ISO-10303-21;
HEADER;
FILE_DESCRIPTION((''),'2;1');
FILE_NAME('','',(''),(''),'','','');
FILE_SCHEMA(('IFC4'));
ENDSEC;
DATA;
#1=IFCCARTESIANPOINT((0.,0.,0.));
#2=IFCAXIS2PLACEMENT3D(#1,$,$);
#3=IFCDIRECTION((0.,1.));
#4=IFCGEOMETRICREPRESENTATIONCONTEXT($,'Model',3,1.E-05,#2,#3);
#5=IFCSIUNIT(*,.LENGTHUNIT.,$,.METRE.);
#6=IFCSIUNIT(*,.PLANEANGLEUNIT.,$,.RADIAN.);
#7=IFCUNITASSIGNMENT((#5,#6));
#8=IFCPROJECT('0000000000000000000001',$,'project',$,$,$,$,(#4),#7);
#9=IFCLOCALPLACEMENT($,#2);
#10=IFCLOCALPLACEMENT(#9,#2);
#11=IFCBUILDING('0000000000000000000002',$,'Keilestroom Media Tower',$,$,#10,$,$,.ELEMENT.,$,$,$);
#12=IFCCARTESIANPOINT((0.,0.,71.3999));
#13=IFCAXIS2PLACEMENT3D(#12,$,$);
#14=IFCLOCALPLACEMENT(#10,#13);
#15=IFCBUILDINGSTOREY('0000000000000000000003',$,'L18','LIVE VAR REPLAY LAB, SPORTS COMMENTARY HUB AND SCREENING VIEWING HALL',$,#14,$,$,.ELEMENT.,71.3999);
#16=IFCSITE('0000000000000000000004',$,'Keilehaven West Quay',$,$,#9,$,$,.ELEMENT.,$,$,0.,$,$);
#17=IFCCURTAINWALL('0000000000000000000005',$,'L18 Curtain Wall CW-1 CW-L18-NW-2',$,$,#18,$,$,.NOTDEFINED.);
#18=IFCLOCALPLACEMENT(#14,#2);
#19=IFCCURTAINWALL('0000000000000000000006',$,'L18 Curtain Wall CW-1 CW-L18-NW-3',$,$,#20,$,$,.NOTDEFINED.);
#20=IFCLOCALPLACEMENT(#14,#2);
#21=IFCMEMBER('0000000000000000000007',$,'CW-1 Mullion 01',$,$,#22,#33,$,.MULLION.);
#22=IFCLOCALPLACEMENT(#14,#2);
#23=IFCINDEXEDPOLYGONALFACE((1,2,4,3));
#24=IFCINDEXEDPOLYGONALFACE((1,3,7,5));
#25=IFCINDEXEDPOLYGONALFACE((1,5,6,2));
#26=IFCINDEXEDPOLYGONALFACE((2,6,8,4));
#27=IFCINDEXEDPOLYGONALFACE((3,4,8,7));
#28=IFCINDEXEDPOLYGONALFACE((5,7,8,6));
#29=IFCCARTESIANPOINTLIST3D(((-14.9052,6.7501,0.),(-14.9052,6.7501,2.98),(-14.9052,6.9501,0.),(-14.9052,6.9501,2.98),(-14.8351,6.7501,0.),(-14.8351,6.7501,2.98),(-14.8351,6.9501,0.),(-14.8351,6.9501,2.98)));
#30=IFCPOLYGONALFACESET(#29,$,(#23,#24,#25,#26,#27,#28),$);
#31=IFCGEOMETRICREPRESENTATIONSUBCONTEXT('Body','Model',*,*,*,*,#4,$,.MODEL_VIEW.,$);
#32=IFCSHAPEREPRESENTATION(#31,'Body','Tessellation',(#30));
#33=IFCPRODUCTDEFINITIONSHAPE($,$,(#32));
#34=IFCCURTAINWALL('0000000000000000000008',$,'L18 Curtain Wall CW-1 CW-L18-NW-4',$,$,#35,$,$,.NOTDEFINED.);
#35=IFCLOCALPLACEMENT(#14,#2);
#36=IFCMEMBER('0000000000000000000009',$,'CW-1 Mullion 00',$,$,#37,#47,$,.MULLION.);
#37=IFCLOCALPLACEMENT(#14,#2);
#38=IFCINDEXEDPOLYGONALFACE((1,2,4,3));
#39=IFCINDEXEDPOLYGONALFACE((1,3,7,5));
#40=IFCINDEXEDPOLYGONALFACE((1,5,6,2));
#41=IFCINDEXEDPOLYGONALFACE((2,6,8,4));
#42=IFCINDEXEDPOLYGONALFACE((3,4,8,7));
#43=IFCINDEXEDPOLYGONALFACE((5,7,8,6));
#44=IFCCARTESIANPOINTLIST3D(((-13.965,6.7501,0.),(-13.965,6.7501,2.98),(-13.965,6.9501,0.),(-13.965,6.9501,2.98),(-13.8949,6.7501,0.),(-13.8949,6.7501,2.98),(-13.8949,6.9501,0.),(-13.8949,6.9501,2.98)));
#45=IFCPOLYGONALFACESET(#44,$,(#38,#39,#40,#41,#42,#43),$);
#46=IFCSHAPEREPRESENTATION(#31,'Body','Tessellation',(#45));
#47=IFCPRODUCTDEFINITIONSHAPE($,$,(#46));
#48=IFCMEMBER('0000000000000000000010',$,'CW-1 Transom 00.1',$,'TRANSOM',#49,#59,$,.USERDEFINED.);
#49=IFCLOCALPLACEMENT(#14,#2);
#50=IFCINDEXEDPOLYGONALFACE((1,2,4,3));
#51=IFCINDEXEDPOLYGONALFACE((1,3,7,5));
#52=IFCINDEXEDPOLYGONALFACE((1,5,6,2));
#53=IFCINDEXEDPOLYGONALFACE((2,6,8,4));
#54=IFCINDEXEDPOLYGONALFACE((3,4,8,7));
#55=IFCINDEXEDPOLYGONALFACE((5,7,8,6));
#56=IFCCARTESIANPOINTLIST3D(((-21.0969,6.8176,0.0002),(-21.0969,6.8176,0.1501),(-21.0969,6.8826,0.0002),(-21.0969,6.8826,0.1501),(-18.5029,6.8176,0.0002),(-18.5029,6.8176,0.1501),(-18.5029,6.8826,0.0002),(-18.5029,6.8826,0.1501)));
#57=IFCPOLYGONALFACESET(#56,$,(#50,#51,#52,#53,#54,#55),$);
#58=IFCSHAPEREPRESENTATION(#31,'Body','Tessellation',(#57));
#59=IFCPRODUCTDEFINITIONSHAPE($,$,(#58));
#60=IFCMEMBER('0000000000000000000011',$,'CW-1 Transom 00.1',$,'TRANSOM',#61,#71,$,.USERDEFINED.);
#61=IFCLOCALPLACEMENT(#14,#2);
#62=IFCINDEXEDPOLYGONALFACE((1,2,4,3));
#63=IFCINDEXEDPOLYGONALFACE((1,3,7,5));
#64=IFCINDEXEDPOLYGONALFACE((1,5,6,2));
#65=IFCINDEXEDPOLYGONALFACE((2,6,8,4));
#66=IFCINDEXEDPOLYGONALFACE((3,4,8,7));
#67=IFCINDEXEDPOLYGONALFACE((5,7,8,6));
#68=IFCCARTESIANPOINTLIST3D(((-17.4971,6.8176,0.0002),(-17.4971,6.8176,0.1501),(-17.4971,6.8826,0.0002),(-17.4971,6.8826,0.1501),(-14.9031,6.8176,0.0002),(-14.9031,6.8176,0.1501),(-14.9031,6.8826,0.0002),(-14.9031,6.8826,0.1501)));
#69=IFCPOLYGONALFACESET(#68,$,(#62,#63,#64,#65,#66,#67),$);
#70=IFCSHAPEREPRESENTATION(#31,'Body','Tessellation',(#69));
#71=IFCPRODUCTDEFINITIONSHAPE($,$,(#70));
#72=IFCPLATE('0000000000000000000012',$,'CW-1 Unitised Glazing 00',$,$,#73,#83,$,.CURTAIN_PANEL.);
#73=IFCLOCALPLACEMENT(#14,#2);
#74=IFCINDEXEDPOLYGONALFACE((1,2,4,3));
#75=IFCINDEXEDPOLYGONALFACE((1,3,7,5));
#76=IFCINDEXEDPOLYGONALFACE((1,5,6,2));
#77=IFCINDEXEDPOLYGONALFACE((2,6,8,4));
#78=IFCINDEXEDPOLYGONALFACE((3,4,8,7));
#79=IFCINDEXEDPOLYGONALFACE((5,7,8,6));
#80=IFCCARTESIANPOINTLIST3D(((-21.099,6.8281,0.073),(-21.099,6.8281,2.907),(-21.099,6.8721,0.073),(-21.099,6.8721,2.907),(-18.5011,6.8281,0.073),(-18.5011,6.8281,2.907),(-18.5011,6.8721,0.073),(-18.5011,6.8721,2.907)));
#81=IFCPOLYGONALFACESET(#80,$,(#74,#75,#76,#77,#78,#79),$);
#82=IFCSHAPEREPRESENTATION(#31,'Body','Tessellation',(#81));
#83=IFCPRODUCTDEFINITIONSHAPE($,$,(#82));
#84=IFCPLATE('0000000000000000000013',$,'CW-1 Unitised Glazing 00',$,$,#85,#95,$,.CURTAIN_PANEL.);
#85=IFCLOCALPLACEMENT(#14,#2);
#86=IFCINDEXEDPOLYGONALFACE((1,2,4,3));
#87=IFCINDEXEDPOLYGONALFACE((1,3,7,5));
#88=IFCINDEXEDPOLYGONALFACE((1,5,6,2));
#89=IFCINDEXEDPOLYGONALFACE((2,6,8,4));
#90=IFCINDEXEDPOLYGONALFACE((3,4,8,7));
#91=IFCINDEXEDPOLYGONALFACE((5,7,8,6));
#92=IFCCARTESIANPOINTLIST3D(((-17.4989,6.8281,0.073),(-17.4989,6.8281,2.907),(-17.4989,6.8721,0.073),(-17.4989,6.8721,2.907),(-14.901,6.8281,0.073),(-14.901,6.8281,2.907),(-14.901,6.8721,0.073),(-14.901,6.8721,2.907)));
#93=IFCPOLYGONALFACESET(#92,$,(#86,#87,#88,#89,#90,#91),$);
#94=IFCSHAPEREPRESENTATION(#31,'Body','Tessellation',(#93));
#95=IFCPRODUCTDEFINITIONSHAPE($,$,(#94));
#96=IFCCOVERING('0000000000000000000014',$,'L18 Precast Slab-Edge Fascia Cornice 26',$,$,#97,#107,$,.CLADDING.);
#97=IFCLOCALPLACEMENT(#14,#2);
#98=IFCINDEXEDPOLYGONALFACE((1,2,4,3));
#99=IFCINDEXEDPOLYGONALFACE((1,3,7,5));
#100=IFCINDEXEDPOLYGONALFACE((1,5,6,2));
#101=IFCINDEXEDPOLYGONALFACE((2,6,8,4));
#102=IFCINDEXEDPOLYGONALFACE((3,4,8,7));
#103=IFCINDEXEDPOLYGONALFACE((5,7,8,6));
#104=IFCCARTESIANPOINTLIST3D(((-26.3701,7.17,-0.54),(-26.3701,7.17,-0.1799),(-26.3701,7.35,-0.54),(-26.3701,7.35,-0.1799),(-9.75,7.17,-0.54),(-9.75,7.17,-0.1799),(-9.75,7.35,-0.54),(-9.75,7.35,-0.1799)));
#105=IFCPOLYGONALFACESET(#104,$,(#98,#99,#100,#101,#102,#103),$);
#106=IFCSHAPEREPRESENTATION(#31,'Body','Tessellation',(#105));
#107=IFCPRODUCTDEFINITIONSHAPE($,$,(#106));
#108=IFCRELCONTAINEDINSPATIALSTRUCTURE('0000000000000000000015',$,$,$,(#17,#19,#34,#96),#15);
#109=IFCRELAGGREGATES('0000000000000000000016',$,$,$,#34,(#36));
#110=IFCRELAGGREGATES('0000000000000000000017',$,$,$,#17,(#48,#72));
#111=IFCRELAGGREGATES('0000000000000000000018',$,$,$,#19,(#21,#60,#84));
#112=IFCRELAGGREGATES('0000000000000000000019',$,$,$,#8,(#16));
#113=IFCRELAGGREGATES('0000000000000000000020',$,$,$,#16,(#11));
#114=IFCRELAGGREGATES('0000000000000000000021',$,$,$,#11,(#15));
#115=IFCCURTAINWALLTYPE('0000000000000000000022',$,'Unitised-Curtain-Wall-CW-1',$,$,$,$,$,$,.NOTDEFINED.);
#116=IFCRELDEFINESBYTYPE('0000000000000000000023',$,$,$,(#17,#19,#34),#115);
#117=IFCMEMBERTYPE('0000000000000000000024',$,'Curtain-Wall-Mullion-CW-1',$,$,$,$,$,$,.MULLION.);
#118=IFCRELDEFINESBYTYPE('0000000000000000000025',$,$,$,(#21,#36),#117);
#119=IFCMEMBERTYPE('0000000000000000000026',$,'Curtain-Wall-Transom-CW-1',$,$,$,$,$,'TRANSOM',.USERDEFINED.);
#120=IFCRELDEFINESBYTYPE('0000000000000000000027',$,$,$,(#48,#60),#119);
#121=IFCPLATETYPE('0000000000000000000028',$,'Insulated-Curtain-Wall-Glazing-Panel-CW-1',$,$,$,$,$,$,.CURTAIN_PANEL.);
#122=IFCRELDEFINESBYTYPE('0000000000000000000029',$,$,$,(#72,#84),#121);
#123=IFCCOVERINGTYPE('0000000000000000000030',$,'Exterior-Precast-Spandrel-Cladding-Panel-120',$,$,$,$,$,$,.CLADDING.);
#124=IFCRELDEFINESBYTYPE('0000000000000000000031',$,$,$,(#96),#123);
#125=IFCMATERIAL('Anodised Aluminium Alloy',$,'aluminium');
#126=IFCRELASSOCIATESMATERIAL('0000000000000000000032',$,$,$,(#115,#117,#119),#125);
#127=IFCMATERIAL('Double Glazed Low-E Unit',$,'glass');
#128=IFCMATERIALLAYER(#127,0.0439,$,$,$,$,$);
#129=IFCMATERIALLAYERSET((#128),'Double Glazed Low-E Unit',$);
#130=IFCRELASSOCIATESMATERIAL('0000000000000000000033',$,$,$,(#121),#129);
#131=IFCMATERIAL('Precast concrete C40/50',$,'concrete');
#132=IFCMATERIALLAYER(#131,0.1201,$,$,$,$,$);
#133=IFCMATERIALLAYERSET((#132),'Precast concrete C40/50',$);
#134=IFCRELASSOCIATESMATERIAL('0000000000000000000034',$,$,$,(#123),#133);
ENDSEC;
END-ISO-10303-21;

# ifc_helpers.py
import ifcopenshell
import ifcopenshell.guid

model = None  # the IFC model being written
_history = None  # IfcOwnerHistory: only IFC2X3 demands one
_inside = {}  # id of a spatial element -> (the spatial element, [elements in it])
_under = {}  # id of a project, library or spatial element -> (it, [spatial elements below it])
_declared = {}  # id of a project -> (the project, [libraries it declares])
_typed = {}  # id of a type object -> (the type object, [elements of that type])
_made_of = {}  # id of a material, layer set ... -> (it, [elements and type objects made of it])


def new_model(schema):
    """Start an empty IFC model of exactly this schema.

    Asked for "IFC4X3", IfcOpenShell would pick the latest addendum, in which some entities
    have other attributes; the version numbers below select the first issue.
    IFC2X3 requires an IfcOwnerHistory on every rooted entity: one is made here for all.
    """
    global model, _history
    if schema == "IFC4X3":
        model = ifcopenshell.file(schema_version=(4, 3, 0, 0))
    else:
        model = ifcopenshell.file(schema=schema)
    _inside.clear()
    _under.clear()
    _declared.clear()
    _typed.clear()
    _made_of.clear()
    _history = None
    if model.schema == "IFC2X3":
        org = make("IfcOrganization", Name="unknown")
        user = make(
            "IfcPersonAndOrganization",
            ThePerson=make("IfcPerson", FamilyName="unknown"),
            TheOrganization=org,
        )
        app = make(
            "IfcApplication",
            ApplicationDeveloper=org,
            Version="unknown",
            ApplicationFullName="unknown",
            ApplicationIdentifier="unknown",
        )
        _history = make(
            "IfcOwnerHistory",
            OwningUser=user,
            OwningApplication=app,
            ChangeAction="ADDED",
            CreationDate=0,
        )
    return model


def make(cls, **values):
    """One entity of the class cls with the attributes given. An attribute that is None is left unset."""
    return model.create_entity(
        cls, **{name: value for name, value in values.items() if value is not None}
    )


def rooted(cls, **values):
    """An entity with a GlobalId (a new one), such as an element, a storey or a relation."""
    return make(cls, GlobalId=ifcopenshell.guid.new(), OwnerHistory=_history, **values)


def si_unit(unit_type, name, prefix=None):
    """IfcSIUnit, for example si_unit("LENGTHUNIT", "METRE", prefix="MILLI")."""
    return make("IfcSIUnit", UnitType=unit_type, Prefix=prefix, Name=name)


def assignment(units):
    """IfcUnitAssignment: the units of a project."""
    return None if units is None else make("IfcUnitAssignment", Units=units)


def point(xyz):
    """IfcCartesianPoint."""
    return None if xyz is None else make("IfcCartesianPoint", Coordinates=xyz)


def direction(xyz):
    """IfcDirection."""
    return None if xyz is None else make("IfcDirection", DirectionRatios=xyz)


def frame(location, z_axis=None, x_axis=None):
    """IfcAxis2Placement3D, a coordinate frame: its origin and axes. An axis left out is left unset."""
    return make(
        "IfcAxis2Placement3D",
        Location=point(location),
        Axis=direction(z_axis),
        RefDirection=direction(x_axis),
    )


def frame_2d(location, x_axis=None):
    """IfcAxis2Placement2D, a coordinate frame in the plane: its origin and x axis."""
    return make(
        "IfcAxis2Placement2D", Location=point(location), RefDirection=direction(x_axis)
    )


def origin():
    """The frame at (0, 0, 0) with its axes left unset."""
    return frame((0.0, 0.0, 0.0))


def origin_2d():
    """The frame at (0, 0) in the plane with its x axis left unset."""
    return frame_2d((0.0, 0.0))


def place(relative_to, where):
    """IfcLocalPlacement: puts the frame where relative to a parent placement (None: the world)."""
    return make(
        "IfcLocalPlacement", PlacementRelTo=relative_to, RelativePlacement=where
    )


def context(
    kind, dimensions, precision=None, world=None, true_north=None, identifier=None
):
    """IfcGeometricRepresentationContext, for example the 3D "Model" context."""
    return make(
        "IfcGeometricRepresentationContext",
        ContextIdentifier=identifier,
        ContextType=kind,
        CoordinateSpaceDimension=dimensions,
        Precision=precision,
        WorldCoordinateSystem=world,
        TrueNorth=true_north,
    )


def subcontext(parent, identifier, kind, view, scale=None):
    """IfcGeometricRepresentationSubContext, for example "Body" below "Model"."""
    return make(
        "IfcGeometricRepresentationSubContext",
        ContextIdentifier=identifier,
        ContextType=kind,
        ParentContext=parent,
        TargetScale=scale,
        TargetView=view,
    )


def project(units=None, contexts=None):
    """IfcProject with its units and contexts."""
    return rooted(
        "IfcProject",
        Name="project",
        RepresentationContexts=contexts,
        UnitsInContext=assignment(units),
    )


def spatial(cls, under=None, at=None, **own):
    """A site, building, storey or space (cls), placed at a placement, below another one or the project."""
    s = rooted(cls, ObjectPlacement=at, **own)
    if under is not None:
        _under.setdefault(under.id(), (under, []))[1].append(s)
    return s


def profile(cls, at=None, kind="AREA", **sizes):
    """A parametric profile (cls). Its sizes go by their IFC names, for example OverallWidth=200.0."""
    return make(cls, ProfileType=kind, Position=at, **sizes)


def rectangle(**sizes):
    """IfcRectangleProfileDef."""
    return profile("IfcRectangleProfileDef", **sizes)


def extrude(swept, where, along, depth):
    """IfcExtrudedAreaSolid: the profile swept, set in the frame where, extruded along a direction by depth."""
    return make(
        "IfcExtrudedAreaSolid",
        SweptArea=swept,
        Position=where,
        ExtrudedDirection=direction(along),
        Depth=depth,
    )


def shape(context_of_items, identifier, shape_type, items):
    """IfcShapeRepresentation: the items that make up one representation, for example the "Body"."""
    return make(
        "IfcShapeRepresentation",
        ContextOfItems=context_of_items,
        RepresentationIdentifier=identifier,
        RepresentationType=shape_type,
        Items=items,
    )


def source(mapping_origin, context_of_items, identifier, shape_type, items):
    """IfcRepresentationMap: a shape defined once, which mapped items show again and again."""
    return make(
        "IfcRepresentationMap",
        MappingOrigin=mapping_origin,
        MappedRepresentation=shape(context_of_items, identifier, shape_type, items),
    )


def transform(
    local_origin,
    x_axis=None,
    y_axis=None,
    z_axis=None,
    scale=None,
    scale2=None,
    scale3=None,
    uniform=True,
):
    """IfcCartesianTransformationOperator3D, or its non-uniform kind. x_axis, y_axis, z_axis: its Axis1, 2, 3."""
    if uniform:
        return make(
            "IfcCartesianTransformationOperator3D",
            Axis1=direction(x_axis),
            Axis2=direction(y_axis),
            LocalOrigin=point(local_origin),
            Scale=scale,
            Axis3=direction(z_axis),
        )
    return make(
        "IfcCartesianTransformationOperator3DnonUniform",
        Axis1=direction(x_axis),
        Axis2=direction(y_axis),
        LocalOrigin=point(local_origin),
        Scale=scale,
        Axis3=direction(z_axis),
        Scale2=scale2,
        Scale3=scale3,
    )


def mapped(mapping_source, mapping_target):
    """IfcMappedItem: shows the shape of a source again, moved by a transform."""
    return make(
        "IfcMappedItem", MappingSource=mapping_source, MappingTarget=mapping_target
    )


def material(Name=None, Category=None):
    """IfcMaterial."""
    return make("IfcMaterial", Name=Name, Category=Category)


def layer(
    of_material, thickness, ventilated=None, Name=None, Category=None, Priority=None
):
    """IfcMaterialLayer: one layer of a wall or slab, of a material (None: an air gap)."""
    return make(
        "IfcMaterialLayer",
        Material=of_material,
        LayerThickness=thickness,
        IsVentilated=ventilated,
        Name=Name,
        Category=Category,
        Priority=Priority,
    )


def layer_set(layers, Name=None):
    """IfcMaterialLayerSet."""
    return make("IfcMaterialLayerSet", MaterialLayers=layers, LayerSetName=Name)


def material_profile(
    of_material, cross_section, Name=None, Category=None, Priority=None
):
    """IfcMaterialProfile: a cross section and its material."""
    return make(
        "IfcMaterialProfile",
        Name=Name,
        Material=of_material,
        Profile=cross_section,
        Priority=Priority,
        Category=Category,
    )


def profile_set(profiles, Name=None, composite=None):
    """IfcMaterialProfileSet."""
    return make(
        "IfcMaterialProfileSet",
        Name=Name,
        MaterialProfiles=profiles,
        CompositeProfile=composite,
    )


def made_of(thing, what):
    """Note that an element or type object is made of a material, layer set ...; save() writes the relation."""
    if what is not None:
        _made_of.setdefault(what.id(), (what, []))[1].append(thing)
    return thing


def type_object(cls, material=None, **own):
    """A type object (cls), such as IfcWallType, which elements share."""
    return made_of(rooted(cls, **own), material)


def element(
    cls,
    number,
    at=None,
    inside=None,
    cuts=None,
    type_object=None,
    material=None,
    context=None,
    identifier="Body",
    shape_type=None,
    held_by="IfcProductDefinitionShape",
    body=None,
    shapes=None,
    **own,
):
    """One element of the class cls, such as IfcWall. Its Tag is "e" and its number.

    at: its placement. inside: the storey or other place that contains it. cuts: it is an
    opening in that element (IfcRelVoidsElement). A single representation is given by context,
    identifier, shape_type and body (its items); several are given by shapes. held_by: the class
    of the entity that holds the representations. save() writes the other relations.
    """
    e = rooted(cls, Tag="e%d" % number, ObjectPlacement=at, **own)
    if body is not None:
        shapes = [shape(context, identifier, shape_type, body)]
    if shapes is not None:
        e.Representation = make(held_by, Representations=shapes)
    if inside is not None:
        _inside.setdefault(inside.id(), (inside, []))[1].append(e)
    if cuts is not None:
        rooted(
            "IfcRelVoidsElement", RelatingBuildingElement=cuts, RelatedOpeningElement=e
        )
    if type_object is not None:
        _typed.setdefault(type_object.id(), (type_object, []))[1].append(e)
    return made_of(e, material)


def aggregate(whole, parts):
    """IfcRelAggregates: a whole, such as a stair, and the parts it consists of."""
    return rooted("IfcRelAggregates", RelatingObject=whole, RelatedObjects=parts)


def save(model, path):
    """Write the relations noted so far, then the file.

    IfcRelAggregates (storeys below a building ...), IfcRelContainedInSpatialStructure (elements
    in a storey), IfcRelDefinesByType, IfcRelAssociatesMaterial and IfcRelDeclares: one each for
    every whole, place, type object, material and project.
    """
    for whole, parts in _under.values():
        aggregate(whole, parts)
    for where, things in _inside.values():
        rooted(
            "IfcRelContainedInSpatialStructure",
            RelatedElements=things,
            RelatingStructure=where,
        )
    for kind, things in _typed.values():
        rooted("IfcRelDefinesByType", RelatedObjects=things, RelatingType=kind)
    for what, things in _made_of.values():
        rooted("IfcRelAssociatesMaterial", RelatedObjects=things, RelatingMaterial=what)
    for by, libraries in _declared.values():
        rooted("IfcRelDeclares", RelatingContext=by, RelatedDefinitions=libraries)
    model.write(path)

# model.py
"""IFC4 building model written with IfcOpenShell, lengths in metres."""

from ifc_helpers import new_model, si_unit, direction, frame, origin, origin_2d, place, context, subcontext, project, spatial, rectangle, extrude, source, transform, mapped, material, layer, layer_set, material_profile, profile_set, type_object, element, aggregate, save


model = new_model("IFC4")

# Units and contexts
model_context = context("Model", 3, precision=1e-05, world=origin(), true_north=direction((0.0, 1.0)))
body_context = subcontext(model_context, "Body", "Model", "MODEL_VIEW")
ifc_project = project(units=[si_unit("LENGTHUNIT", "METRE"), si_unit("PLANEANGLEUNIT", "RADIAN")], contexts=[model_context])

# Site, building, storey
site_placement = place(None, origin())
site = spatial("IfcSite", under=ifc_project, at=site_placement, Name="Keilehaven West Quay", CompositionType="ELEMENT", RefElevation=0.0)
building_placement = place(site_placement, origin())
building = spatial("IfcBuilding", under=site, at=building_placement, Name="Keilestroom Media Tower", CompositionType="ELEMENT")
storey_placement = place(building_placement, frame((0.0, 0.0, 71.3999)))
storey = spatial("IfcBuildingStorey", under=building, at=storey_placement, Name="L18", Description="LIVE VAR REPLAY LAB, SPORTS COMMENTARY HUB AND SCREENING VIEWING HALL", CompositionType="ELEMENT", Elevation=71.3999)

# Shared definitions
ifc_material_1 = material(Name="Precast concrete C40/50", Category="concrete")

# Shared definitions
ifc_material_2 = material(Name="Anodised Aluminium Alloy", Category="aluminium")
curtain_wall_type = type_object("IfcCurtainWallType", Name="Unitised-Curtain-Wall-CW-1", PredefinedType="NOTDEFINED", material=ifc_material_2)
ifc_material_profile_1 = material_profile(ifc_material_2, rectangle(XDim=0.0701, YDim=0.2, at=origin_2d()), Name="ALU MULLION 70x200")
ifc_profile_set_1 = profile_set([ifc_material_profile_1], Name="Anodised Aluminium Alloy")
member_type_1 = type_object("IfcMemberType", Name="Curtain-Wall-Mullion-CW-1", PredefinedType="MULLION", material=ifc_profile_set_1)
shared_shape_1 = source(origin(), body_context, "Body", "SweptSolid", [
    extrude(rectangle(XDim=0.0701, YDim=0.2, at=origin_2d()), origin(), (0.0, 0.0, 1.0), 2.98),
])

# Curtain walls, member
curtain_wall_1_placement = place(storey_placement, origin())
curtain_wall_1 = element("IfcCurtainWall", 1, at=curtain_wall_1_placement, inside=storey, type_object=curtain_wall_type, Name="L18 Curtain Wall CW-1 CW-L18-NW-2", PredefinedType="NOTDEFINED")
curtain_wall_2_placement = place(storey_placement, origin())
curtain_wall_2 = element("IfcCurtainWall", 2, at=curtain_wall_2_placement, inside=storey, type_object=curtain_wall_type, Name="L18 Curtain Wall CW-1 CW-L18-NW-3", PredefinedType="NOTDEFINED")
member_1_placement = place(storey_placement, frame((-14.8701, 6.8501, 0.0), z_axis=(0.0, 0.0, 1.0), x_axis=(1.0, 0.0, 0.0)))
member_1 = element("IfcMember", 3, at=member_1_placement, type_object=member_type_1, Name="CW-1 Mullion 01", PredefinedType="MULLION", context=body_context, shape_type="MappedRepresentation", body=[
    mapped(shared_shape_1, transform((0.0, 0.0, 0.0), x_axis=(1.0, 0.0, 0.0), y_axis=(0.0, 1.0, 0.0), z_axis=(0.0, 0.0, 1.0), scale=1.0)),
])

# Curtain wall, member
curtain_wall_3_placement = place(storey_placement, origin())
curtain_wall_3 = element("IfcCurtainWall", 4, at=curtain_wall_3_placement, inside=storey, type_object=curtain_wall_type, Name="L18 Curtain Wall CW-1 CW-L18-NW-4", PredefinedType="NOTDEFINED")
member_2_placement = place(storey_placement, frame((-13.9299, 6.8501, 0.0), z_axis=(0.0, 0.0, 1.0), x_axis=(1.0, 0.0, 0.0)))
member_2 = element("IfcMember", 5, at=member_2_placement, type_object=member_type_1, Name="CW-1 Mullion 00", PredefinedType="MULLION", context=body_context, shape_type="MappedRepresentation", body=[
    mapped(shared_shape_1, transform((0.0, 0.0, 0.0), x_axis=(1.0, 0.0, 0.0), y_axis=(0.0, 1.0, 0.0), z_axis=(0.0, 0.0, 1.0), scale=1.0)),
])
aggregate(curtain_wall_3, [member_2])

# Members
ifc_material_profile_2 = material_profile(ifc_material_2, rectangle(XDim=0.0649, YDim=0.1499, at=origin_2d()), Name="ALU TRANSOM 65x150")
ifc_profile_set_2 = profile_set([ifc_material_profile_2], Name="Anodised Aluminium Alloy")
member_type_2 = type_object("IfcMemberType", Name="Curtain-Wall-Transom-CW-1", ElementType="TRANSOM", PredefinedType="USERDEFINED", material=ifc_profile_set_2)
shared_shape_2 = source(origin(), body_context, "Body", "SweptSolid", [
    extrude(rectangle(XDim=0.0649, YDim=0.1499, at=origin_2d()), origin(), (0.0, 0.0, 1.0), 2.594),
])
member_3_placement = place(storey_placement, frame((-21.0969, 6.8501, 0.0752), z_axis=(1.0, 0.0, 0.0), x_axis=(0.0, 1.0, 0.0)))
member_3 = element("IfcMember", 6, at=member_3_placement, type_object=member_type_2, Name="CW-1 Transom 00.1", ObjectType="TRANSOM", PredefinedType="USERDEFINED", context=body_context, shape_type="MappedRepresentation", body=[
    mapped(shared_shape_2, transform((0.0, 0.0, 0.0), x_axis=(1.0, 0.0, 0.0), y_axis=(0.0, 1.0, 0.0), z_axis=(0.0, 0.0, 1.0), scale=1.0)),
])
member_4_placement = place(storey_placement, frame((-17.4971, 6.8501, 0.0752), z_axis=(1.0, 0.0, 0.0), x_axis=(0.0, 1.0, 0.0)))
member_4 = element("IfcMember", 7, at=member_4_placement, type_object=member_type_2, Name="CW-1 Transom 00.1", ObjectType="TRANSOM", PredefinedType="USERDEFINED", context=body_context, shape_type="MappedRepresentation", body=[
    mapped(shared_shape_2, transform((0.0, 0.0, 0.0), x_axis=(1.0, 0.0, 0.0), y_axis=(0.0, 1.0, 0.0), z_axis=(0.0, 0.0, 1.0), scale=1.0)),
])

# Plates
ifc_material_3 = material(Name="Double Glazed Low-E Unit", Category="glass")
ifc_layer_1 = layer(ifc_material_3, 0.0439)
ifc_layer_set_1 = layer_set([ifc_layer_1], Name="Double Glazed Low-E Unit")
plate_type = type_object("IfcPlateType", Name="Insulated-Curtain-Wall-Glazing-Panel-CW-1", PredefinedType="CURTAIN_PANEL", material=ifc_layer_set_1)
shared_shape_3 = source(origin(), body_context, "Body", "SweptSolid", [
    extrude(rectangle(XDim=2.5979, YDim=0.0439, at=origin_2d()), origin(), (0.0, 0.0, 1.0), 2.834),
])
plate_1_placement = place(storey_placement, frame((-19.8, 6.8501, 0.073), z_axis=(0.0, 0.0, 1.0), x_axis=(1.0, 0.0, 0.0)))
plate_1 = element("IfcPlate", 8, at=plate_1_placement, type_object=plate_type, Name="CW-1 Unitised Glazing 00", PredefinedType="CURTAIN_PANEL", context=body_context, shape_type="MappedRepresentation", body=[
    mapped(shared_shape_3, transform((0.0, 0.0, 0.0), x_axis=(1.0, 0.0, 0.0), y_axis=(0.0, 1.0, 0.0), z_axis=(0.0, 0.0, 1.0), scale=1.0)),
])
aggregate(curtain_wall_1, [member_3, plate_1])
plate_2_placement = place(storey_placement, frame((-16.2, 6.8501, 0.073), z_axis=(0.0, 0.0, 1.0), x_axis=(1.0, 0.0, 0.0)))
plate_2 = element("IfcPlate", 9, at=plate_2_placement, type_object=plate_type, Name="CW-1 Unitised Glazing 00", PredefinedType="CURTAIN_PANEL", context=body_context, shape_type="MappedRepresentation", body=[
    mapped(shared_shape_3, transform((0.0, 0.0, 0.0), x_axis=(1.0, 0.0, 0.0), y_axis=(0.0, 1.0, 0.0), z_axis=(0.0, 0.0, 1.0), scale=1.0)),
])
aggregate(curtain_wall_2, [member_1, member_4, plate_2])

# Covering
ifc_layer_2 = layer(ifc_material_1, 0.1201)
ifc_layer_set_2 = layer_set([ifc_layer_2], Name="Precast concrete C40/50")
covering_type = type_object("IfcCoveringType", Name="Exterior-Precast-Spandrel-Cladding-Panel-120", PredefinedType="CLADDING", material=ifc_layer_set_2)
shared_shape_4 = source(origin(), body_context, "Body", "SweptSolid", [
    extrude(rectangle(XDim=16.6201, YDim=0.1799, at=origin_2d()), origin(), (0.0, 0.0, 1.0), 0.3601),
])
covering_placement = place(storey_placement, frame((-18.0601, 7.26, -0.54), z_axis=(0.0, 0.0, 1.0), x_axis=(1.0, 0.0, 0.0)))
element("IfcCovering", 10, at=covering_placement, inside=storey, type_object=covering_type, Name="L18 Precast Slab-Edge Fascia Cornice 26", PredefinedType="CLADDING", context=body_context, shape_type="MappedRepresentation", body=[
    mapped(shared_shape_4, transform((0.0, 0.0, 0.0), x_axis=(1.0, 0.0, 0.0), y_axis=(0.0, 1.0, 0.0), z_axis=(0.0, 0.0, 1.0), scale=1.0)),
])

save(model, "model.ifc")
